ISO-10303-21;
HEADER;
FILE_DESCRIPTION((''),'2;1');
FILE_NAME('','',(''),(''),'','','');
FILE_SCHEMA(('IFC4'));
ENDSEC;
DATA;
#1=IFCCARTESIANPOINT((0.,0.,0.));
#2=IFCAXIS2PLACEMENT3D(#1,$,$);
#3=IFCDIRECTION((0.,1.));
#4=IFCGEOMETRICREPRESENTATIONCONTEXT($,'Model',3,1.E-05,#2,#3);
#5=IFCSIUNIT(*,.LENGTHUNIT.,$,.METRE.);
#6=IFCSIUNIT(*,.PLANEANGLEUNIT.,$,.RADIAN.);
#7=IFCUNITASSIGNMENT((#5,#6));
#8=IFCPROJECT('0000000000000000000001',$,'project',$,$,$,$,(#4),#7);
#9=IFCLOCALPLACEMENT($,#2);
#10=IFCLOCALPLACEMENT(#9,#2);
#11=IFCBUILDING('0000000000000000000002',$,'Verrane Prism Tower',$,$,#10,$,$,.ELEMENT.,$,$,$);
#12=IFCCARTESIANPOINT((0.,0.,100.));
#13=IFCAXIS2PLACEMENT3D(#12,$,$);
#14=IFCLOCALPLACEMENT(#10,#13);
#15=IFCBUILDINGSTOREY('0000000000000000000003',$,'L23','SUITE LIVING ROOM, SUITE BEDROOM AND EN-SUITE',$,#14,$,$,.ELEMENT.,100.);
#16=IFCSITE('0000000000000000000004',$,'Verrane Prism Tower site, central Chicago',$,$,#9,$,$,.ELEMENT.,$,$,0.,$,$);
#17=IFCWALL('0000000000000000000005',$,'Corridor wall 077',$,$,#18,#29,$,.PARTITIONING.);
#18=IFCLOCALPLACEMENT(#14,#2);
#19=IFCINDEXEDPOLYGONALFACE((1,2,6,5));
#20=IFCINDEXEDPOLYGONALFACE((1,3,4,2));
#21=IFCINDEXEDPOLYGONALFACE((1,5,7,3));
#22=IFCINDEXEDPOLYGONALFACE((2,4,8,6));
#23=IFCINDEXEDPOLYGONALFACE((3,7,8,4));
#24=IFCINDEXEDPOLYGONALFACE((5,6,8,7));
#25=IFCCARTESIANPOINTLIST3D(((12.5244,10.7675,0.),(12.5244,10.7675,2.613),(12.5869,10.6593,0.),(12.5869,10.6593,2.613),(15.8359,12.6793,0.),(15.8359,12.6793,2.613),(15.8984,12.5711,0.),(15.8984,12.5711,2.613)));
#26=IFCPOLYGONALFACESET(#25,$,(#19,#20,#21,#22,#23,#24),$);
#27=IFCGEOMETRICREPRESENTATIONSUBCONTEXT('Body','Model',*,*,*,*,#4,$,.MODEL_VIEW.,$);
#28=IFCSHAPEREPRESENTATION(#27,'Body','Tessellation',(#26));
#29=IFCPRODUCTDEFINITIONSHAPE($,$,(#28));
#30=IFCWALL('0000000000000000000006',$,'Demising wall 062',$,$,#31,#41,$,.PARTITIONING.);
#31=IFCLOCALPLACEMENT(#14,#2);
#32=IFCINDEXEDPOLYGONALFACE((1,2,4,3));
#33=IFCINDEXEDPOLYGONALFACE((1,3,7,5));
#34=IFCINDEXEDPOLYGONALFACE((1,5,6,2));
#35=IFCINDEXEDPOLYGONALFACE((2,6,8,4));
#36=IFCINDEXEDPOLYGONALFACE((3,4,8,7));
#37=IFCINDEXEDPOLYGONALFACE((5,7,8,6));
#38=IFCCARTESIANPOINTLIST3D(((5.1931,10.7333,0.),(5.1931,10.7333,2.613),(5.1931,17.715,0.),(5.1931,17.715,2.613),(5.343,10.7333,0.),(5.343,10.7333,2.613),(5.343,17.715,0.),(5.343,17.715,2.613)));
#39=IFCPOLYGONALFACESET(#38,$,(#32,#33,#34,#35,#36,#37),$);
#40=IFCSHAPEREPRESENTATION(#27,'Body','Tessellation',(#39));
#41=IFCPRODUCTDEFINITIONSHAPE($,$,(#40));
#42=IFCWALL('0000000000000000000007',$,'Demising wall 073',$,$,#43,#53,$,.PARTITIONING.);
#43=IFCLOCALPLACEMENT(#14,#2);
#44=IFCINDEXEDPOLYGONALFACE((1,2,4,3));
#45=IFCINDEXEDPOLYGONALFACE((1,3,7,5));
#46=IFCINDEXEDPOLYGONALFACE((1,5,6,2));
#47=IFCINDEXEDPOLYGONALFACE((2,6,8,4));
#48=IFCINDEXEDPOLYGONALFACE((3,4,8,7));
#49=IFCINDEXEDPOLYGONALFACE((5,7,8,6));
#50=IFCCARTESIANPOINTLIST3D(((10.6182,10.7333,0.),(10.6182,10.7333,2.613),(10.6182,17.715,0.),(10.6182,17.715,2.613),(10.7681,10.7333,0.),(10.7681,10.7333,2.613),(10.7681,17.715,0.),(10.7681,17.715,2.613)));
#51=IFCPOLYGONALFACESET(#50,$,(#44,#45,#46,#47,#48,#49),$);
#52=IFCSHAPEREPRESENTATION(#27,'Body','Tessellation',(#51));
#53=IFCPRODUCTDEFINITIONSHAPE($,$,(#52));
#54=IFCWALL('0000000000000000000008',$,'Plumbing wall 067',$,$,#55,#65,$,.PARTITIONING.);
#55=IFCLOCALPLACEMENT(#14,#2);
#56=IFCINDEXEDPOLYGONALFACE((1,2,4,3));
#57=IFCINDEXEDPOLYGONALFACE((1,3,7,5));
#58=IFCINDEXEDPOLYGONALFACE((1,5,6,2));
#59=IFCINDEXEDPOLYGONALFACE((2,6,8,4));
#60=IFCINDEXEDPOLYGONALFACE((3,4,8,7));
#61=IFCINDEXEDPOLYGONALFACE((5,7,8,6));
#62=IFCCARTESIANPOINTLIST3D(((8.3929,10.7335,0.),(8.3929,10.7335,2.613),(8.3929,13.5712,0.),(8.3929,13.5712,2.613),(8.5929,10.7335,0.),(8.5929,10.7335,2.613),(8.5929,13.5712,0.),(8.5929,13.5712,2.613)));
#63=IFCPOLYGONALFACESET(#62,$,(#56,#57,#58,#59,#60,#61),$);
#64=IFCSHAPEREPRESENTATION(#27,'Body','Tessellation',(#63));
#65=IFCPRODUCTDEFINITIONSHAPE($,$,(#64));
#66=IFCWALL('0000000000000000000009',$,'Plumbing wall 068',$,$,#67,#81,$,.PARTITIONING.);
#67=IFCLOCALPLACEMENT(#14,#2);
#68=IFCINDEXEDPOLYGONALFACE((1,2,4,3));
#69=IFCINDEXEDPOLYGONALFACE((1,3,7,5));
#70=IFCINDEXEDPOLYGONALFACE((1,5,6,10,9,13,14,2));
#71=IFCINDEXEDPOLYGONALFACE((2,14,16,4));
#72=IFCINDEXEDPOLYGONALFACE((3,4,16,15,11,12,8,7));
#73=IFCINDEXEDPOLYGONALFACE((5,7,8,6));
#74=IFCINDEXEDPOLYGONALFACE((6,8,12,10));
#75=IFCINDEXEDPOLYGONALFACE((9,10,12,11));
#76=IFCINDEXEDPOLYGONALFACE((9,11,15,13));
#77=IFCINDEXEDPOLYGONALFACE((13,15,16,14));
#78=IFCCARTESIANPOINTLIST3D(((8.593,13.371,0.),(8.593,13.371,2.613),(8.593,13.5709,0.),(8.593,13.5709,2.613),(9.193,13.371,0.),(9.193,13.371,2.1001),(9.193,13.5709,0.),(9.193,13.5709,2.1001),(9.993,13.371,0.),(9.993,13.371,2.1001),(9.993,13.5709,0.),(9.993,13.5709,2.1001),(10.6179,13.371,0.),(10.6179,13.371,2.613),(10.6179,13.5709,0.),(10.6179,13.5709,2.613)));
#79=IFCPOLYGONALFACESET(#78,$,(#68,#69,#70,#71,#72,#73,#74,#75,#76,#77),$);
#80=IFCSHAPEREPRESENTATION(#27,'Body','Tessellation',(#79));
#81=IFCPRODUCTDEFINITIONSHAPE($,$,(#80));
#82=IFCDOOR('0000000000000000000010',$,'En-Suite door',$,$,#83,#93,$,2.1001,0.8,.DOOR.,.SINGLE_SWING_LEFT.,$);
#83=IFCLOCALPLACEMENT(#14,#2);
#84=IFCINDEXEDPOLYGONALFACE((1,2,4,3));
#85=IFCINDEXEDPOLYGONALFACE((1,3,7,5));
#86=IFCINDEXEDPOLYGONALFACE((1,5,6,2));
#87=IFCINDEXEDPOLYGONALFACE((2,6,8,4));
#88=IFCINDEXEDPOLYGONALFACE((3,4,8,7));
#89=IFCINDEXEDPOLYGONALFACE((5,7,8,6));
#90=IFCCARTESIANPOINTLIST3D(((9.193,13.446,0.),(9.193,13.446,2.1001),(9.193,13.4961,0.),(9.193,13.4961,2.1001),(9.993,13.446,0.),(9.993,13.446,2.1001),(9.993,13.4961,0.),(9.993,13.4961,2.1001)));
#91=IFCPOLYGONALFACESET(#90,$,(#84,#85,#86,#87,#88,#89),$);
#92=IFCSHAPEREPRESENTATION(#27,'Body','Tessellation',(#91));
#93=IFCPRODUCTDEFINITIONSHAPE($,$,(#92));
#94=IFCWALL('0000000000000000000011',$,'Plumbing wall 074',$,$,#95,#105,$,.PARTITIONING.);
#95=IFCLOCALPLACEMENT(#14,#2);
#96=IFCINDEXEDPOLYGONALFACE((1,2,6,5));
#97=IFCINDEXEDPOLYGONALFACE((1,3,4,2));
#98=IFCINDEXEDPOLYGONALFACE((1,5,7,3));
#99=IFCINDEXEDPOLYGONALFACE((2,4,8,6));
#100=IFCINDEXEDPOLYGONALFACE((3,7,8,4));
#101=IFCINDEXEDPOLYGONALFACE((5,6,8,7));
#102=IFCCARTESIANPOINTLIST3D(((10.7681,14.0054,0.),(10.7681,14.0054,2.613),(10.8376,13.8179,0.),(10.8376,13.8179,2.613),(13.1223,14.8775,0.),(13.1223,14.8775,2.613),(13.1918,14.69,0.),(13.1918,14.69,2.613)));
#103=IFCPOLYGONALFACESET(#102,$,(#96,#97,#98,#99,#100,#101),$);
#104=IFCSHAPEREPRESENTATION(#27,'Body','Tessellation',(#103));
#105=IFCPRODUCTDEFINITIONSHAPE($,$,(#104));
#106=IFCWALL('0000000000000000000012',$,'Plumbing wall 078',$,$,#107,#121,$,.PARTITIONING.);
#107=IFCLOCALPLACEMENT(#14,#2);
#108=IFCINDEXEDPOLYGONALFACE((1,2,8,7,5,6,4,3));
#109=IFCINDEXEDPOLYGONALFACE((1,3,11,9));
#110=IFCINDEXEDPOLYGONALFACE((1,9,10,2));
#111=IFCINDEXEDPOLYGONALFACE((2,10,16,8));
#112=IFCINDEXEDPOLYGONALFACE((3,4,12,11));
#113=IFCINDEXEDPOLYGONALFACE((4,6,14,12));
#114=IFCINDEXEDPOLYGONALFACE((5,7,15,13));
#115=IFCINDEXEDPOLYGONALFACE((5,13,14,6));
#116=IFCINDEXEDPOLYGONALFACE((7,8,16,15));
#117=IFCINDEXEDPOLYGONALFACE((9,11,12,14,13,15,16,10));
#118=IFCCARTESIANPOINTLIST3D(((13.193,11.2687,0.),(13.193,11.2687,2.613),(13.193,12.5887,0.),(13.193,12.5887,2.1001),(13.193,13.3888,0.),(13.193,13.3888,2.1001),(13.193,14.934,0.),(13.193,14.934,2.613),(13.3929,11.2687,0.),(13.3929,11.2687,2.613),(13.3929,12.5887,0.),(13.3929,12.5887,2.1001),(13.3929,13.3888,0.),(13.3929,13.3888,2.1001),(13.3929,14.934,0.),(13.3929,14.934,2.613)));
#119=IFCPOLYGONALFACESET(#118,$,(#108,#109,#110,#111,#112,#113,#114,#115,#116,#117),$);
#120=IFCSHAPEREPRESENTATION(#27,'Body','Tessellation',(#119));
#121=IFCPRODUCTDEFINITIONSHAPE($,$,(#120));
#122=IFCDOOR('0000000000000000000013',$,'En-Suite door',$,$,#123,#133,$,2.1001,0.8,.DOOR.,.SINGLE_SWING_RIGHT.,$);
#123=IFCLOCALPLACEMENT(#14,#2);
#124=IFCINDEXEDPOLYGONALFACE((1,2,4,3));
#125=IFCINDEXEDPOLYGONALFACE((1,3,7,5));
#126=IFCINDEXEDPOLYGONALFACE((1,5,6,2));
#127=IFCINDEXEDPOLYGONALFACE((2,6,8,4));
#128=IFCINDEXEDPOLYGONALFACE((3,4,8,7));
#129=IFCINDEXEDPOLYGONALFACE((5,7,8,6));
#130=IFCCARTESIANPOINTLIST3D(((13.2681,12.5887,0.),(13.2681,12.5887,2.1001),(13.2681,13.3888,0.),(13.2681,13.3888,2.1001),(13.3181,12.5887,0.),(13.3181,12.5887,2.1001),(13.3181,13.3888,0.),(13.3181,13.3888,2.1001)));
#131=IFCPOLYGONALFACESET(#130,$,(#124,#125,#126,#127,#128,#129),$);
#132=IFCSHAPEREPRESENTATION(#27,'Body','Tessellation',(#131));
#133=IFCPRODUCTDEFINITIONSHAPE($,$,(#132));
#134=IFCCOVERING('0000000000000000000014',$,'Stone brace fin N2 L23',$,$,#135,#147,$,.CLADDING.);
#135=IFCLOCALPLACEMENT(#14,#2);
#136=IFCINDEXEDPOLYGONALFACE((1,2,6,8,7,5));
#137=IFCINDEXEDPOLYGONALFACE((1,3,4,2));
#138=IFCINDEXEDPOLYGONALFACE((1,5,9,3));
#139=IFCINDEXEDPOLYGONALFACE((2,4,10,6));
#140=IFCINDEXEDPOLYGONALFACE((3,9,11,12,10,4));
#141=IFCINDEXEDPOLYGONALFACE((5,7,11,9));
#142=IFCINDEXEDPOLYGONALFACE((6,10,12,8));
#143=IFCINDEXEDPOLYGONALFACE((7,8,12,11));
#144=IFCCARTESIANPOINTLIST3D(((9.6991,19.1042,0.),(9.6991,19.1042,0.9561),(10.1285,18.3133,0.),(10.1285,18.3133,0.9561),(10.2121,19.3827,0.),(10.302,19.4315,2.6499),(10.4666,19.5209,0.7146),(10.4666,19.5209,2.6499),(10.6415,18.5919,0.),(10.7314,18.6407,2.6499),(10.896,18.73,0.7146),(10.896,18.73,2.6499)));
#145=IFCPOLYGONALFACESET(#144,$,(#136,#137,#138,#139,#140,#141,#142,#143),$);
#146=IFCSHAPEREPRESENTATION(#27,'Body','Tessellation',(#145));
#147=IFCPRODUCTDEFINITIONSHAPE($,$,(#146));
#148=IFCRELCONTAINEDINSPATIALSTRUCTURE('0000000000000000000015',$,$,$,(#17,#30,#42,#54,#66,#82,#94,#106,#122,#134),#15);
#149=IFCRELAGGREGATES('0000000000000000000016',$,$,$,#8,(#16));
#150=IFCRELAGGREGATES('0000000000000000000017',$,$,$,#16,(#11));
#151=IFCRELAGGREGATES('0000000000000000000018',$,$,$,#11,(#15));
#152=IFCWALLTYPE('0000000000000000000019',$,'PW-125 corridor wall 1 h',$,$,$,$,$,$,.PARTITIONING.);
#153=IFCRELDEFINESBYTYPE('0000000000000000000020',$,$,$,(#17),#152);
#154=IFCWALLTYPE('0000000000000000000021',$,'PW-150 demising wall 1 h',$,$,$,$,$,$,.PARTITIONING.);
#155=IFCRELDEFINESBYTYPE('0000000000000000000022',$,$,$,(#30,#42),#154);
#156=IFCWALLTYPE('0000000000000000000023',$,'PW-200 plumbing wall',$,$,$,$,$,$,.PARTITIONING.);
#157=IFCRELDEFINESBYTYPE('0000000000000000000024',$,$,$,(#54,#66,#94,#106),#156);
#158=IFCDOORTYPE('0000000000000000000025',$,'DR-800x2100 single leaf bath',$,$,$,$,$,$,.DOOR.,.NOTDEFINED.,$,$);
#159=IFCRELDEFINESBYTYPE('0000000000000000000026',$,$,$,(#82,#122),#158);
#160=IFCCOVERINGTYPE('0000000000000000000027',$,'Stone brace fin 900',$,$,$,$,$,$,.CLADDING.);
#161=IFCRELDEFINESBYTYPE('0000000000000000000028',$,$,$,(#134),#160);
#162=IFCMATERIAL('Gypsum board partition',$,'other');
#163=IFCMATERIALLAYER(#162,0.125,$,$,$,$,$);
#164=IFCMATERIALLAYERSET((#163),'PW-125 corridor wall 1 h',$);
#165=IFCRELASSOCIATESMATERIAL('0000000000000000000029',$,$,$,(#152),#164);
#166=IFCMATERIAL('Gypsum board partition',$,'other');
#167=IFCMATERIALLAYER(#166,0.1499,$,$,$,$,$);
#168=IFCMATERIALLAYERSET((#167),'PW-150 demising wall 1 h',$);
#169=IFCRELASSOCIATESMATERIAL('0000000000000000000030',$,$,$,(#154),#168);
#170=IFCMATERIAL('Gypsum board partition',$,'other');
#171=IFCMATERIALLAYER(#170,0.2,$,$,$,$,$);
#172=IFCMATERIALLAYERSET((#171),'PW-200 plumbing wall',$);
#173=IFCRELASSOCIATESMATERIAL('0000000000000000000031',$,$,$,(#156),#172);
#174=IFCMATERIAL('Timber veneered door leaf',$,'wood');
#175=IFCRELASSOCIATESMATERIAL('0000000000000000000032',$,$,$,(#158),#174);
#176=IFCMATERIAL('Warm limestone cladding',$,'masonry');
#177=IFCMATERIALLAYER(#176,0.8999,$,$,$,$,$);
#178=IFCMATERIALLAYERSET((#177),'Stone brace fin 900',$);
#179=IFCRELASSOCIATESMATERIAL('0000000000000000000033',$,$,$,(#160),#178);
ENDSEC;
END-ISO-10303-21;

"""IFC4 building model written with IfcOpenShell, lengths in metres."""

from ifc_helpers import new_model, si_unit, direction, frame, frame_2d, origin, place, context, subcontext, project, spatial, polyline, rectangle, outline, extrude, material, layer, layer_set, type_object, element, fill, save


model = new_model("IFC4")

# Units and contexts
model_context = context("Model", 3, precision=1e-05, world=origin(), true_north=direction((0.0, 1.0)))
body_context = subcontext(model_context, "Body", "Model", "MODEL_VIEW")
ifc_project = project(units=[si_unit("LENGTHUNIT", "METRE"), si_unit("PLANEANGLEUNIT", "RADIAN")], contexts=[model_context])

# Site, building, storey
site_placement = place(None, origin())
site = spatial("IfcSite", under=ifc_project, at=site_placement, Name="Verrane Prism Tower site, central Chicago", CompositionType="ELEMENT", RefElevation=0.0)
building_placement = place(site_placement, origin())
building = spatial("IfcBuilding", under=site, at=building_placement, Name="Verrane Prism Tower", CompositionType="ELEMENT")
storey_placement = place(building_placement, frame((0.0, 0.0, 100.0)))
storey = spatial("IfcBuildingStorey", under=building, at=storey_placement, Name="L23", Description="SUITE LIVING ROOM, SUITE BEDROOM AND EN-SUITE", CompositionType="ELEMENT", Elevation=100.0)

# Walls
ifc_material_1 = material(Name="Gypsum board partition", Category="other")
ifc_layer_1 = layer(ifc_material_1, 0.125)
ifc_layer_set_1 = layer_set([ifc_layer_1], Name="PW-125 corridor wall 1 h")
wall_type_1 = type_object("IfcWallType", Name="PW-125 corridor wall 1 h", PredefinedType="PARTITIONING", material=ifc_layer_set_1)
wall_1_placement = place(storey_placement, frame((12.5557, 10.7134, 0.0), z_axis=(0.0, 0.0, 1.0), x_axis=(0.86603, 0.499991, 0.0)))
element("IfcWall", 1, at=wall_1_placement, inside=storey, type_object=wall_type_1, Name="Corridor wall 077", PredefinedType="PARTITIONING", context=body_context, shape_type="SweptSolid", body=[
    extrude(rectangle(XDim=3.8237, YDim=0.125, at=frame_2d((1.9119, 0.0))), origin(), (0.0, 0.0, 1.0), 2.613),
])
ifc_material_2 = material(Name="Gypsum board partition", Category="other")
ifc_layer_2 = layer(ifc_material_2, 0.1499)
ifc_layer_set_2 = layer_set([ifc_layer_2], Name="PW-150 demising wall 1 h")
wall_type_2 = type_object("IfcWallType", Name="PW-150 demising wall 1 h", PredefinedType="PARTITIONING", material=ifc_layer_set_2)
for number, where, z_axis, x_axis, name in (
    (2, (5.2681, 10.7334, 0.0), (0.0, 0.0, 1.0), (0.0, 1.0, 0.0), "Demising wall 062"),
    (3, (10.6931, 10.7334, 0.0), (0.0, 0.0, 1.0), (0.0, 1.0, 0.0), "Demising wall 073"),
):
    element("IfcWall", number, at=place(storey_placement, frame(where, z_axis=z_axis, x_axis=x_axis)), inside=storey, type_object=wall_type_2, Name=name, PredefinedType="PARTITIONING", context=body_context, shape_type="SweptSolid", body=[
        extrude(rectangle(XDim=6.9817, YDim=0.1499, at=frame_2d((3.4907, 0.0))), origin(), (0.0, 0.0, 1.0), 2.613),
    ])
ifc_material_3 = material(Name="Gypsum board partition", Category="other")
ifc_layer_3 = layer(ifc_material_3, 0.2)
ifc_layer_set_3 = layer_set([ifc_layer_3], Name="PW-200 plumbing wall")
wall_type_3 = type_object("IfcWallType", Name="PW-200 plumbing wall", PredefinedType="PARTITIONING", material=ifc_layer_set_3)
wall_2_placement = place(storey_placement, frame((8.4929, 10.7334, 0.0), z_axis=(0.0, 0.0, 1.0), x_axis=(0.0, 1.0, 0.0)))
element("IfcWall", 4, at=wall_2_placement, inside=storey, type_object=wall_type_3, Name="Plumbing wall 067", PredefinedType="PARTITIONING", context=body_context, shape_type="SweptSolid", body=[
    extrude(rectangle(XDim=2.8376, YDim=0.2, at=frame_2d((1.4189, 0.0))), origin(), (0.0, 0.0, 1.0), 2.613),
])

# Wall, opening, door
wall_3_placement = place(storey_placement, frame((10.6179, 13.4709, 0.0), z_axis=(0.0, 0.0, 1.0), x_axis=(-1.0, 0.0, 0.0)))
wall_3 = element("IfcWall", 5, at=wall_3_placement, inside=storey, type_object=wall_type_3, Name="Plumbing wall 068", PredefinedType="PARTITIONING", context=body_context, shape_type="SweptSolid", body=[
    extrude(rectangle(XDim=2.0249, YDim=0.2, at=frame_2d((1.0125, 0.0))), origin(), (0.0, 0.0, 1.0), 2.613),
])
opening_1_placement = place(wall_3_placement, frame((0.625, 0.0, 0.0)))
opening_1 = element("IfcOpeningElement", 6, at=opening_1_placement, cuts=wall_3, PredefinedType="OPENING", context=body_context, shape_type="SweptSolid", body=[
    extrude(rectangle(XDim=0.8, YDim=2.1001, at=frame_2d((0.3999, 1.05))), frame((0.0, 0.1099, 0.0), z_axis=(0.0, -1.0, 0.0), x_axis=(1.0, 0.0, 0.0)), (0.0, 0.0, 1.0), 0.22),
])
ifc_material_4 = material(Name="Timber veneered door leaf", Category="wood")
door_type_1 = type_object("IfcDoorType", Name="DR-800x2100 single leaf bath", OperationType="NOTDEFINED", PredefinedType="DOOR", material=ifc_material_4)
door_1_placement = place(opening_1_placement, origin())
door_1 = element("IfcDoor", 7, at=door_1_placement, inside=storey, type_object=door_type_1, Name="En-Suite door", OperationType="SINGLE_SWING_LEFT", OverallHeight=2.1001, OverallWidth=0.8, PredefinedType="DOOR", context=body_context, shape_type="SweptSolid", body=[
    extrude(rectangle(XDim=0.8, YDim=2.1001, at=frame_2d((0.3999, 1.05))), frame((0.0, 0.0249, 0.0), z_axis=(0.0, -1.0, 0.0), x_axis=(1.0, 0.0, 0.0)), (0.0, 0.0, 1.0), 0.05),
])
fill(opening_1, door_1)

# Wall
wall_4_placement = place(storey_placement, frame((10.8027, 13.9116, 0.0), z_axis=(0.0, 0.0, 1.0), x_axis=(0.937732, 0.347359, 0.0)))
element("IfcWall", 8, at=wall_4_placement, inside=storey, type_object=wall_type_3, Name="Plumbing wall 074", PredefinedType="PARTITIONING", context=body_context, shape_type="SweptSolid", body=[
    extrude(rectangle(XDim=2.5105, YDim=0.2, at=frame_2d((1.2554, 0.0))), origin(), (0.0, 0.0, 1.0), 2.613),
])

# Wall, opening, door
wall_5_placement = place(storey_placement, frame((13.293, 11.2688, 0.0), z_axis=(0.0, 0.0, 1.0), x_axis=(0.0, 1.0, 0.0)))
wall_5 = element("IfcWall", 9, at=wall_5_placement, inside=storey, type_object=wall_type_3, Name="Plumbing wall 078", PredefinedType="PARTITIONING", context=body_context, shape_type="SweptSolid", body=[
    extrude(rectangle(XDim=3.6653, YDim=0.2, at=frame_2d((1.8325, 0.0))), origin(), (0.0, 0.0, 1.0), 2.613),
])
opening_2_placement = place(wall_5_placement, frame((1.3201, 0.0, 0.0)))
opening_2 = element("IfcOpeningElement", 10, at=opening_2_placement, cuts=wall_5, PredefinedType="OPENING", context=body_context, shape_type="SweptSolid", body=[
    extrude(rectangle(XDim=0.8, YDim=2.1001, at=frame_2d((0.3999, 1.05))), frame((0.0, 0.1099, 0.0), z_axis=(0.0, -1.0, 0.0), x_axis=(1.0, 0.0, 0.0)), (0.0, 0.0, 1.0), 0.22),
])
door_2_placement = place(opening_2_placement, origin())
door_2 = element("IfcDoor", 11, at=door_2_placement, inside=storey, type_object=door_type_1, Name="En-Suite door", OperationType="SINGLE_SWING_RIGHT", OverallHeight=2.1001, OverallWidth=0.8, PredefinedType="DOOR", context=body_context, shape_type="SweptSolid", body=[
    extrude(rectangle(XDim=0.8, YDim=2.1001, at=frame_2d((0.3999, 1.05))), frame((0.0, 0.0249, 0.0), z_axis=(0.0, -1.0, 0.0), x_axis=(1.0, 0.0, 0.0)), (0.0, 0.0, 1.0), 0.05),
])
fill(opening_2, door_2)

# Covering
ifc_material_5 = material(Name="Warm limestone cladding", Category="masonry")
ifc_layer_4 = layer(ifc_material_5, 0.8999)
ifc_layer_set_4 = layer_set([ifc_layer_4], Name="Stone brace fin 900")
covering_type = type_object("IfcCoveringType", Name="Stone brace fin 900", PredefinedType="CLADDING", material=ifc_layer_set_4)
covering_placement = place(storey_placement, frame((9.9138, 18.7087, 0.0), z_axis=(0.0, 0.0, 1.0), x_axis=(0.878813, 0.477166, 0.0)))
element("IfcCovering", 12, at=covering_placement, inside=storey, type_object=covering_type, Name="Stone brace fin N2 L23", PredefinedType="CLADDING", context=body_context, shape_type="SweptSolid", body=[
    extrude(outline(polyline([(0.8733, 2.6499), (0.686, 2.6499), (0.0, 0.9561), (0.0, 0.0), (0.5837, 0.0), (0.8733, 0.7146), (0.8733, 2.6499)])), frame((0.0, 0.45, 0.0), z_axis=(0.0, -1.0, 0.0), x_axis=(1.0, 0.0, 0.0)), (0.0, 0.0, 1.0), 0.8999),
])

save(model, "model.ifc")
